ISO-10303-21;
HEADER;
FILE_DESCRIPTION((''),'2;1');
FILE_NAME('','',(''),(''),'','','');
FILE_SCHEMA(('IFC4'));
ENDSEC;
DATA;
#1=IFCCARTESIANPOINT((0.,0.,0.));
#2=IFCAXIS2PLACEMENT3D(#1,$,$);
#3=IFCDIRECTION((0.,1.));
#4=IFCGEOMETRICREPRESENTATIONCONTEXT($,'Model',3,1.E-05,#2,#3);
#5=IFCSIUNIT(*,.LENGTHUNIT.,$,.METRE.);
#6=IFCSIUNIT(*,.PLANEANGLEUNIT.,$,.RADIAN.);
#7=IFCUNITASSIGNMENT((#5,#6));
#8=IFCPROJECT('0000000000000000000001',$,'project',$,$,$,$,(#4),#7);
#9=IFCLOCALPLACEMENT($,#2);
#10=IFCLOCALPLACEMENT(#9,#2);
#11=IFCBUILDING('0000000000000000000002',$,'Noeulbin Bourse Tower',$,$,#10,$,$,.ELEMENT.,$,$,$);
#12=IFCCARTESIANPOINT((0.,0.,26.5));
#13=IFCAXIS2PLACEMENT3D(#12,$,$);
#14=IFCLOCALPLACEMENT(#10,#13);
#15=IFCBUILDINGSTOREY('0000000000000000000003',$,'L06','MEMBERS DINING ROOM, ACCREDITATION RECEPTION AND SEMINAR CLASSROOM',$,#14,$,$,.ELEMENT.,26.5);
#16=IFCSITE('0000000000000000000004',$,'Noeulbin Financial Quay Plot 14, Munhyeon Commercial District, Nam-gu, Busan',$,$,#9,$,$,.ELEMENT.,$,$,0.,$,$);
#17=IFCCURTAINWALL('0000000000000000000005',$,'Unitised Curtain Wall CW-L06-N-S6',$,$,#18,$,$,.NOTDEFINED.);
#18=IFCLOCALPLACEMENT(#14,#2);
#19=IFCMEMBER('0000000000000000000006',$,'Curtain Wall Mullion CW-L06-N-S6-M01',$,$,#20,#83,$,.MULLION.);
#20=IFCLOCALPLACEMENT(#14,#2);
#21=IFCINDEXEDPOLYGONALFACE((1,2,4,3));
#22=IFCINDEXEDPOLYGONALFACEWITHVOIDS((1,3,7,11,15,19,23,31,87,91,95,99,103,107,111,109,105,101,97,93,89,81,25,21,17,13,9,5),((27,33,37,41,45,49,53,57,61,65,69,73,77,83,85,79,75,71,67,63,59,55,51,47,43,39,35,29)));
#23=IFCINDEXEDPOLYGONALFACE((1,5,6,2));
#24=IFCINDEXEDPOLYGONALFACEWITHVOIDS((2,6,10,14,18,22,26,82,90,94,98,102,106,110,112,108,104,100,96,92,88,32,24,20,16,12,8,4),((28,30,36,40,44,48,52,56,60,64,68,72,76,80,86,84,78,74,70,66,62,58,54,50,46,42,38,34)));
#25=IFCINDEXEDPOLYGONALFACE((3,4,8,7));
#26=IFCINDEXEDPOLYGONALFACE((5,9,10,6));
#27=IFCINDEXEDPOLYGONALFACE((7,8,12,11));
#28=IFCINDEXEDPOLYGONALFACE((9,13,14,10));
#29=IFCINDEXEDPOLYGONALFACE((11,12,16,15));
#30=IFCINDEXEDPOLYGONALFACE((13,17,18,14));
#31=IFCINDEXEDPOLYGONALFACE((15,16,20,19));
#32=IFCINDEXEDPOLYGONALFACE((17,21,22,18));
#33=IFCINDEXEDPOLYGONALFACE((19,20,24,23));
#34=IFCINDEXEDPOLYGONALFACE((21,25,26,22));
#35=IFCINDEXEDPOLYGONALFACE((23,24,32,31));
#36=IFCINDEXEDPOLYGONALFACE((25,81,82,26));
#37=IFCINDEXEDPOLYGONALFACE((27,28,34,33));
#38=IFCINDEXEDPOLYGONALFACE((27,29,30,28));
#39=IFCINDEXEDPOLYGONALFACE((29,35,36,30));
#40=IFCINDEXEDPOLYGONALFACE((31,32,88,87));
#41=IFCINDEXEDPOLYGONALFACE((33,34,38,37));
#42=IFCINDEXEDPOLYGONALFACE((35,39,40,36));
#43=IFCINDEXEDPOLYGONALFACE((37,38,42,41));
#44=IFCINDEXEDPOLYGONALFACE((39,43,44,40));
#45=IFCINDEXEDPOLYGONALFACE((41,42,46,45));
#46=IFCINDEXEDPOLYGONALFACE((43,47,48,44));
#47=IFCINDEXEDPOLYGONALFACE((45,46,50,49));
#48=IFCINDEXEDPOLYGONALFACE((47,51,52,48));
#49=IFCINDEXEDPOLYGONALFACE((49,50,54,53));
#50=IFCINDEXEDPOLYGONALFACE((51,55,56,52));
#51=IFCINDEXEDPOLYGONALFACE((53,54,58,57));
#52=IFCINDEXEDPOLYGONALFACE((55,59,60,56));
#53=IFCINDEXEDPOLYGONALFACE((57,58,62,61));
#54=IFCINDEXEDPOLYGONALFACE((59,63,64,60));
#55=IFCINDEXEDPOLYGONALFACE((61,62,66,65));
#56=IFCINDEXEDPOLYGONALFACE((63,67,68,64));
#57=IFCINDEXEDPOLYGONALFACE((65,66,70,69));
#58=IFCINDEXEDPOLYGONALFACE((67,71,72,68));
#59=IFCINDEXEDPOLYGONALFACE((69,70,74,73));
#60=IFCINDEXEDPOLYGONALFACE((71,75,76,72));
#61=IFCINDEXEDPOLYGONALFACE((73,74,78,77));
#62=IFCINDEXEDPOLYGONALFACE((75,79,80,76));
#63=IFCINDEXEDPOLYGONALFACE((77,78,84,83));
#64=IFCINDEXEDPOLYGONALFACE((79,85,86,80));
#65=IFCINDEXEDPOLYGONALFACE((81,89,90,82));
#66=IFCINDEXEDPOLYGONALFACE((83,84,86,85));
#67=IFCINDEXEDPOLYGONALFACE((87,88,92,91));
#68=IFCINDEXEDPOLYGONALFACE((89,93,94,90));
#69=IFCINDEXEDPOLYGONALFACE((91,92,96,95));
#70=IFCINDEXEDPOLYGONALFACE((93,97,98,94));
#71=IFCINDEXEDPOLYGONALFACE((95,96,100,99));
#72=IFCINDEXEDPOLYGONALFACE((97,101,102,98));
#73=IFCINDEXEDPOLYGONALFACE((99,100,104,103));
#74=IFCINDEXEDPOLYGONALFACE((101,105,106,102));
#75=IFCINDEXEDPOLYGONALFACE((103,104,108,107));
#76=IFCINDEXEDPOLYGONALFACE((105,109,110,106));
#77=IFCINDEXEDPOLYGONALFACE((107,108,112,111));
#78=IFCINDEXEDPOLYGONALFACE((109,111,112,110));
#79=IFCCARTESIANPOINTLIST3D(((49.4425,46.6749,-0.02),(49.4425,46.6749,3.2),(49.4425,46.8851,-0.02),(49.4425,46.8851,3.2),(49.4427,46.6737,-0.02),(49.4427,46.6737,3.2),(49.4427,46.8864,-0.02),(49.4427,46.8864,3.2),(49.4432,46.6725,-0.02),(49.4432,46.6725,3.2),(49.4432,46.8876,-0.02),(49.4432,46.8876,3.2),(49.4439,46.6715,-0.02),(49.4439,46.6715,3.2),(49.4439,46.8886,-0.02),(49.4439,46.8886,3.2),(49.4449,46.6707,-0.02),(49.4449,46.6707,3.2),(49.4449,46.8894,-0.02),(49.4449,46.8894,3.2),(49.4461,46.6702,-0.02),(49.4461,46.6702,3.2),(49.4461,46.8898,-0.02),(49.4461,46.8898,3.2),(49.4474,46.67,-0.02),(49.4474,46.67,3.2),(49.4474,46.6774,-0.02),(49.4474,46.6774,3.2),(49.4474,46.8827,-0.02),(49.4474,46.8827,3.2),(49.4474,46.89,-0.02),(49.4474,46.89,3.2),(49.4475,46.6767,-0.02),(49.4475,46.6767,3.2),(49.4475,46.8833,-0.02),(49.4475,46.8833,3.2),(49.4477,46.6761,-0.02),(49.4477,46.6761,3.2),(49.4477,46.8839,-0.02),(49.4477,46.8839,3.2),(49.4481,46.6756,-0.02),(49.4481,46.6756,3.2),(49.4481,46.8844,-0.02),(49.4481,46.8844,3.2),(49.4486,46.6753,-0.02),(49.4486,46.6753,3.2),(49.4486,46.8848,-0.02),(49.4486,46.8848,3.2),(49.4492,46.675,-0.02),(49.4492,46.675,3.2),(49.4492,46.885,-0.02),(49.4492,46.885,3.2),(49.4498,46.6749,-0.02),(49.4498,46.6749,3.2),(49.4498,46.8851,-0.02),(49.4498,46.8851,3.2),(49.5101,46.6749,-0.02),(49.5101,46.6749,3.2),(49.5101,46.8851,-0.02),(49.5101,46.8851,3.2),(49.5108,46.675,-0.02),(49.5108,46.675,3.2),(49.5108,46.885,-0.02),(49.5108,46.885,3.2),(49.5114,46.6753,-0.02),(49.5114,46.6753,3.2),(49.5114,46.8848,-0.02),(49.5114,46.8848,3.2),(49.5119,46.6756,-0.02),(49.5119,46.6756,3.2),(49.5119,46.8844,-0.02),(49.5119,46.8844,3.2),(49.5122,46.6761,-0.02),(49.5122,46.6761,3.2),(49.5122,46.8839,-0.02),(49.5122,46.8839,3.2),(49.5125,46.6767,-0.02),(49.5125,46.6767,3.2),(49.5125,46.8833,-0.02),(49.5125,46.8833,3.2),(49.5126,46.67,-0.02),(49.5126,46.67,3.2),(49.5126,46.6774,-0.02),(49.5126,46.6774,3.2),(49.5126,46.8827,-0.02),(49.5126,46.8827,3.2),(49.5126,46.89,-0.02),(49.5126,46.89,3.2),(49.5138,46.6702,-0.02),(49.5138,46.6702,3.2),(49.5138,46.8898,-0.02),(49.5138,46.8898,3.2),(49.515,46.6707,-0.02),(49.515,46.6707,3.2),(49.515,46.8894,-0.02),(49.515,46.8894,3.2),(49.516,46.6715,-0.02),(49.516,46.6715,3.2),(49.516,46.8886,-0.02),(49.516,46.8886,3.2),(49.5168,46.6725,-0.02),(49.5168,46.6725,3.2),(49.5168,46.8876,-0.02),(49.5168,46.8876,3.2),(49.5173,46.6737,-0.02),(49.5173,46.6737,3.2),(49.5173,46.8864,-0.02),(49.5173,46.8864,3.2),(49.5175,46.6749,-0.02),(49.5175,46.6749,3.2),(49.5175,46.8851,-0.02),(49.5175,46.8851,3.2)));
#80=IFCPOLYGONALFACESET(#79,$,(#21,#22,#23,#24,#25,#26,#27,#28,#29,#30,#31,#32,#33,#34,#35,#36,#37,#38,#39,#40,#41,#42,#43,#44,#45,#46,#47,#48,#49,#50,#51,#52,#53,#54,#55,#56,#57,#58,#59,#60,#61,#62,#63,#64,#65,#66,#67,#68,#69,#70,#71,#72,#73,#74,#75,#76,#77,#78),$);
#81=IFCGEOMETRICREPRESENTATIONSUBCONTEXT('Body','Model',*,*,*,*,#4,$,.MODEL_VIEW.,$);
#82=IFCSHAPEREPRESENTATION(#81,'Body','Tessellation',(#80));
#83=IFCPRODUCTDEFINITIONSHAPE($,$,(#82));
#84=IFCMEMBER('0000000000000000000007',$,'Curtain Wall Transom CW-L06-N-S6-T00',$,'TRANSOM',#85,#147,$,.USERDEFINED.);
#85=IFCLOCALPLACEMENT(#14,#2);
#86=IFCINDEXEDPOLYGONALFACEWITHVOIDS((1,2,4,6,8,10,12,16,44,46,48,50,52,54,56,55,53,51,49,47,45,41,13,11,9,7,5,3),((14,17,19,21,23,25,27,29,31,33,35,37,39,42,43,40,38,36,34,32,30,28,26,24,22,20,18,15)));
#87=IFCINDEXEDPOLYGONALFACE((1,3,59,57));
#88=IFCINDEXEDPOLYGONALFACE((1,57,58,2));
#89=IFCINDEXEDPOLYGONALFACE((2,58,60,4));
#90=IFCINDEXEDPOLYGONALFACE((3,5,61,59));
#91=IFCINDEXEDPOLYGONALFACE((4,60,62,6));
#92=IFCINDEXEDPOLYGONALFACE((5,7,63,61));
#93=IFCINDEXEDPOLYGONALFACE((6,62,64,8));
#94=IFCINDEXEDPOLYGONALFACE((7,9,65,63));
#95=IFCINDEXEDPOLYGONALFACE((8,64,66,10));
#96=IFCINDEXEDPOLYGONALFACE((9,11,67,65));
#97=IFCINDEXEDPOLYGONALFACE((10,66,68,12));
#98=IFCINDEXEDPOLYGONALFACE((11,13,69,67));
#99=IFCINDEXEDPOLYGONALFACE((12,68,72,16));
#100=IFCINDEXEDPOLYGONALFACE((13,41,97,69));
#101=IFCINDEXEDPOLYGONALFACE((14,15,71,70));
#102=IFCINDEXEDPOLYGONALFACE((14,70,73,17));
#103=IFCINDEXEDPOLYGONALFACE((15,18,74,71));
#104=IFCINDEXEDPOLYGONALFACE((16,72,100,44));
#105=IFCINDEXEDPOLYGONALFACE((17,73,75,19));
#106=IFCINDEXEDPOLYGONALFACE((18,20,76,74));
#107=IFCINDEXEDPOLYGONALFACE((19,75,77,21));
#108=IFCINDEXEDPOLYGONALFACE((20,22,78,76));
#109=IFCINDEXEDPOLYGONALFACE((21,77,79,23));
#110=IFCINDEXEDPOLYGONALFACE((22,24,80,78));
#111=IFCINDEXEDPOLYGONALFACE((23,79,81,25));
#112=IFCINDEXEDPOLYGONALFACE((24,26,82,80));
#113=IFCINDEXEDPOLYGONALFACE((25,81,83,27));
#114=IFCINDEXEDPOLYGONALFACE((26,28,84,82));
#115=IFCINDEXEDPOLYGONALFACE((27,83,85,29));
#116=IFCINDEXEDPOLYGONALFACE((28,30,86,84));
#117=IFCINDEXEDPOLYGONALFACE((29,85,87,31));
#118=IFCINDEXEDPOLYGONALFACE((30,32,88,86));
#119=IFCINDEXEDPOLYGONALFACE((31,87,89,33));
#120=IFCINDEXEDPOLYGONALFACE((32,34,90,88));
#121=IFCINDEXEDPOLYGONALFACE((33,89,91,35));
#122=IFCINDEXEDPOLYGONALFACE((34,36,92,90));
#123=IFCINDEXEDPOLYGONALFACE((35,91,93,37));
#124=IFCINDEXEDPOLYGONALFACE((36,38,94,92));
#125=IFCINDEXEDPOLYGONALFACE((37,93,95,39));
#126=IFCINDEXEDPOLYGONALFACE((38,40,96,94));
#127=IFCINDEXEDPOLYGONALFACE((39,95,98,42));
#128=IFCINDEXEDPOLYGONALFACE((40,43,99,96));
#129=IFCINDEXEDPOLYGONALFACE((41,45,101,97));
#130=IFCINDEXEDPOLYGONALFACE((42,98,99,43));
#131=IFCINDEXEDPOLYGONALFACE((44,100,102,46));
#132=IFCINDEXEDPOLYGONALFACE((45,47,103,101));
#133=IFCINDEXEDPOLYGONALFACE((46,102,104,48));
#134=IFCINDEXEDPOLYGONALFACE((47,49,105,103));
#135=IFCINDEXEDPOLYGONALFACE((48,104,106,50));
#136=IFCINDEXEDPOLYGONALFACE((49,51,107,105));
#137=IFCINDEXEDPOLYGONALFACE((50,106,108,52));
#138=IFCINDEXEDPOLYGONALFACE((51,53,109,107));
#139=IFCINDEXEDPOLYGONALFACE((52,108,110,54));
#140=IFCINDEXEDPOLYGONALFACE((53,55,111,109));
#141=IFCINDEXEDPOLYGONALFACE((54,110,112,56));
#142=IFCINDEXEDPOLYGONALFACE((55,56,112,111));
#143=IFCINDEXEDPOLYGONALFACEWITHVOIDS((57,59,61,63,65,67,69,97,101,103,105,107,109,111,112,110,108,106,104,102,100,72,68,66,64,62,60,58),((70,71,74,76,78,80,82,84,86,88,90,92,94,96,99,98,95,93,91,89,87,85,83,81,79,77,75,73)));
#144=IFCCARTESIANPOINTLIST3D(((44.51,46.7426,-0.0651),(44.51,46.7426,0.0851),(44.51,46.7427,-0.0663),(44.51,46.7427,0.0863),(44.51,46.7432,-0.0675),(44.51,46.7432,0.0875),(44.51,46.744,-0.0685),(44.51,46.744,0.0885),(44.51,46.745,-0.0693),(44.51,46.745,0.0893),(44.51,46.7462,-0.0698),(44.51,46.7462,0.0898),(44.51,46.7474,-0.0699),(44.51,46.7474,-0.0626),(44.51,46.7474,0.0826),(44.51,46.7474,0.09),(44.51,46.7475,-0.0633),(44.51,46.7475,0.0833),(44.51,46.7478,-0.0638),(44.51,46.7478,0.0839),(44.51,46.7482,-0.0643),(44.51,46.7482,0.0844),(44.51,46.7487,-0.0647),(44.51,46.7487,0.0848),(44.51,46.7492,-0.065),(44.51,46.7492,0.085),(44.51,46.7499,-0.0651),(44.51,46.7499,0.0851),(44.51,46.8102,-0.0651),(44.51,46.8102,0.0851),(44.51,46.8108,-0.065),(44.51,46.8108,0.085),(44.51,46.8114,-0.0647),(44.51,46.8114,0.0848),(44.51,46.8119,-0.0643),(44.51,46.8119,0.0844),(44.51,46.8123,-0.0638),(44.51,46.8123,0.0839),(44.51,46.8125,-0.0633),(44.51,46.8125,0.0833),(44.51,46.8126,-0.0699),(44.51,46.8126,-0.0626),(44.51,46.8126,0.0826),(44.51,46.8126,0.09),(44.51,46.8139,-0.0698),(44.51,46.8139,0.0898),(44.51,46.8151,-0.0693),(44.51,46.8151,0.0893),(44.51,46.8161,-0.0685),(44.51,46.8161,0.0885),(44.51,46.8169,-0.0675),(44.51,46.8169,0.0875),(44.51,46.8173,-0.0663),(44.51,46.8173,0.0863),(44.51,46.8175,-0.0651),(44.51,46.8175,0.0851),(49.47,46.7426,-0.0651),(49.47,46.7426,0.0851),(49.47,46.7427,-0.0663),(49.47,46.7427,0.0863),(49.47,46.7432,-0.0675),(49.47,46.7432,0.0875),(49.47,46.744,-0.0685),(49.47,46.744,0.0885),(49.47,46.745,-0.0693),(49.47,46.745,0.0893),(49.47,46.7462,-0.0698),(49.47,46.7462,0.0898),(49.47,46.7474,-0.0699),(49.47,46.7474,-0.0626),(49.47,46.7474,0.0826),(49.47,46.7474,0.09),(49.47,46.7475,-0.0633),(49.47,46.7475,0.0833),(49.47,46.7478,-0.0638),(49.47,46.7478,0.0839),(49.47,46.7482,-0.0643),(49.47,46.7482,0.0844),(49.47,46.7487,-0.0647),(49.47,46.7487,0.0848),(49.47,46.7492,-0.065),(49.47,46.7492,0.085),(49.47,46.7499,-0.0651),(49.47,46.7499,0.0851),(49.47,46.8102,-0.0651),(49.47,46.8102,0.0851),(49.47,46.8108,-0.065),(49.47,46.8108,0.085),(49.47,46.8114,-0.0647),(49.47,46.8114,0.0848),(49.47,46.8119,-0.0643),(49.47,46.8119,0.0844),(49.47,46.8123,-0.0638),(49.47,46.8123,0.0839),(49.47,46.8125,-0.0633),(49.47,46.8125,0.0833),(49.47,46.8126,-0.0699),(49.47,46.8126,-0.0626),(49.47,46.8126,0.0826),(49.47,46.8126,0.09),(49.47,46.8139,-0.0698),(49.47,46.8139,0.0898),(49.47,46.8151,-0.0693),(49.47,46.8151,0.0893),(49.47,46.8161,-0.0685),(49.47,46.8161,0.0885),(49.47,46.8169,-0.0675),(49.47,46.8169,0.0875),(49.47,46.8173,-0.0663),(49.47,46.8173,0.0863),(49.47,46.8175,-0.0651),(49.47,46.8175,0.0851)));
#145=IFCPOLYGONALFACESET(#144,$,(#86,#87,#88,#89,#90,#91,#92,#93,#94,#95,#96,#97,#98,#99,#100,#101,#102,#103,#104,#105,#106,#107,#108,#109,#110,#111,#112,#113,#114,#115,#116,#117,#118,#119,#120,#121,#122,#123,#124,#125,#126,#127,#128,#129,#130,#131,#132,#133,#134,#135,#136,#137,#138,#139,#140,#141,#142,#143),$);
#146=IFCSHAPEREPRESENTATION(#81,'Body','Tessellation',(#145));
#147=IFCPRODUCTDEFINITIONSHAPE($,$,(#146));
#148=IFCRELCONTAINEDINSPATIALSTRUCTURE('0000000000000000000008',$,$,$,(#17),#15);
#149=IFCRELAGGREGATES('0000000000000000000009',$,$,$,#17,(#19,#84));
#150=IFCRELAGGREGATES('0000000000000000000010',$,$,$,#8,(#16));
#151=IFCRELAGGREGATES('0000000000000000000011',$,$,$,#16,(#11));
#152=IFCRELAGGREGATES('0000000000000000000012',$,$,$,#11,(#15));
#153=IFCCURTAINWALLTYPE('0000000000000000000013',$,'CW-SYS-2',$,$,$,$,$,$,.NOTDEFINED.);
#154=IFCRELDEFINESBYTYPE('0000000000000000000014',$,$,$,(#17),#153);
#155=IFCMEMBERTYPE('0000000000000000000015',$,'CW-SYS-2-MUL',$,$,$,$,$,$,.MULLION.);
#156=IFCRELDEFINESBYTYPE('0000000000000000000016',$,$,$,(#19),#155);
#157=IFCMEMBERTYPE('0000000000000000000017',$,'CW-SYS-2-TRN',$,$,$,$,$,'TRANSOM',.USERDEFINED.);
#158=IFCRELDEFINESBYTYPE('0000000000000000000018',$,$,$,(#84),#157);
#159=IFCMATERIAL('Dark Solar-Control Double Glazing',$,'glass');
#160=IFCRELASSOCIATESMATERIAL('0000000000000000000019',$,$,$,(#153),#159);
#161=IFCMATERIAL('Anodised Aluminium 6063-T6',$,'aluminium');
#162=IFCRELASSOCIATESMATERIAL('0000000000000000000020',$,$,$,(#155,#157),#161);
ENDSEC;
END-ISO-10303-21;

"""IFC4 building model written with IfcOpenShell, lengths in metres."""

from ifc_helpers import new_model, si_unit, direction, frame, origin, origin_2d, place, context, subcontext, project, spatial, hollow_rectangle, extrude, material, material_profile, profile_set, type_object, element, aggregate, save


model = new_model("IFC4")

# Units and contexts
model_context = context("Model", 3, precision=1e-05, world=origin(), true_north=direction((0.0, 1.0)))
body_context = subcontext(model_context, "Body", "Model", "MODEL_VIEW")
ifc_project = project(units=[si_unit("LENGTHUNIT", "METRE"), si_unit("PLANEANGLEUNIT", "RADIAN")], contexts=[model_context])

# Site, building, storey
site_placement = place(None, origin())
site = spatial("IfcSite", under=ifc_project, at=site_placement, Name="Noeulbin Financial Quay Plot 14, Munhyeon Commercial District, Nam-gu, Busan", CompositionType="ELEMENT", RefElevation=0.0)
building_placement = place(site_placement, origin())
building = spatial("IfcBuilding", under=site, at=building_placement, Name="Noeulbin Bourse Tower", CompositionType="ELEMENT")
storey_placement = place(building_placement, frame((0.0, 0.0, 26.5)))
storey = spatial("IfcBuildingStorey", under=building, at=storey_placement, Name="L06", Description="MEMBERS DINING ROOM, ACCREDITATION RECEPTION AND SEMINAR CLASSROOM", CompositionType="ELEMENT", Elevation=26.5)

# Shared definitions
ifc_material_1 = material(Name="Dark Solar-Control Double Glazing", Category="glass")
curtain_wall_type = type_object("IfcCurtainWallType", Name="CW-SYS-2", PredefinedType="NOTDEFINED", material=ifc_material_1)
ifc_material_2 = material(Name="Anodised Aluminium 6063-T6", Category="aluminium")
ifc_material_profile_1 = material_profile(ifc_material_2, hollow_rectangle(XDim=0.075, YDim=0.22, WallThickness=0.0049, InnerFilletRadius=0.0024, OuterFilletRadius=0.0049, at=origin_2d()), Name="ALU-MULL-75x220x5", Category="LoadBearing")
ifc_profile_set_1 = profile_set([ifc_material_profile_1], Name="Anodised Aluminium 6063-T6")
member_type_1 = type_object("IfcMemberType", Name="CW-SYS-2-MUL", PredefinedType="MULLION", material=ifc_profile_set_1)

# Curtain wall, members
curtain_wall_1_placement = place(storey_placement, origin())
curtain_wall_1 = element("IfcCurtainWall", 1, at=curtain_wall_1_placement, inside=storey, type_object=curtain_wall_type, Name="Unitised Curtain Wall CW-L06-N-S6", PredefinedType="NOTDEFINED")
member_1_placement = place(storey_placement, frame((49.48, 46.78, -0.02), z_axis=(0.0, 0.0, 1.0), x_axis=(1.0, 0.0, 0.0)))
member_1 = element("IfcMember", 2, at=member_1_placement, type_object=member_type_1, Name="Curtain Wall Mullion CW-L06-N-S6-M01", PredefinedType="MULLION", context=body_context, shape_type="SweptSolid", body=[
    extrude(hollow_rectangle(XDim=0.075, YDim=0.22, WallThickness=0.0049, InnerFilletRadius=0.0024, OuterFilletRadius=0.0049, at=origin_2d()), origin(), (0.0, 0.0, 1.0), 3.22),
])
ifc_material_profile_2 = material_profile(ifc_material_2, hollow_rectangle(XDim=0.075, YDim=0.1599, WallThickness=0.0049, InnerFilletRadius=0.0024, OuterFilletRadius=0.0049, at=origin_2d()), Name="ALU-TRAN-75x160x5", Category="LoadBearing")
ifc_profile_set_2 = profile_set([ifc_material_profile_2], Name="Anodised Aluminium 6063-T6")
member_type_2 = type_object("IfcMemberType", Name="CW-SYS-2-TRN", ElementType="TRANSOM", PredefinedType="USERDEFINED", material=ifc_profile_set_2)
member_2_placement = place(storey_placement, frame((44.51, 46.78, 0.01), z_axis=(1.0, 0.0, 0.0), x_axis=(0.0, 1.0, 0.0)))
member_2 = element("IfcMember", 3, at=member_2_placement, type_object=member_type_2, Name="Curtain Wall Transom CW-L06-N-S6-T00", ObjectType="TRANSOM", PredefinedType="USERDEFINED", context=body_context, shape_type="SweptSolid", body=[
    extrude(hollow_rectangle(XDim=0.075, YDim=0.1599, WallThickness=0.0049, InnerFilletRadius=0.0024, OuterFilletRadius=0.0049, at=origin_2d()), origin(), (0.0, 0.0, 1.0), 4.96),
])
aggregate(curtain_wall_1, [member_1, member_2])

save(model, "model.ifc")
